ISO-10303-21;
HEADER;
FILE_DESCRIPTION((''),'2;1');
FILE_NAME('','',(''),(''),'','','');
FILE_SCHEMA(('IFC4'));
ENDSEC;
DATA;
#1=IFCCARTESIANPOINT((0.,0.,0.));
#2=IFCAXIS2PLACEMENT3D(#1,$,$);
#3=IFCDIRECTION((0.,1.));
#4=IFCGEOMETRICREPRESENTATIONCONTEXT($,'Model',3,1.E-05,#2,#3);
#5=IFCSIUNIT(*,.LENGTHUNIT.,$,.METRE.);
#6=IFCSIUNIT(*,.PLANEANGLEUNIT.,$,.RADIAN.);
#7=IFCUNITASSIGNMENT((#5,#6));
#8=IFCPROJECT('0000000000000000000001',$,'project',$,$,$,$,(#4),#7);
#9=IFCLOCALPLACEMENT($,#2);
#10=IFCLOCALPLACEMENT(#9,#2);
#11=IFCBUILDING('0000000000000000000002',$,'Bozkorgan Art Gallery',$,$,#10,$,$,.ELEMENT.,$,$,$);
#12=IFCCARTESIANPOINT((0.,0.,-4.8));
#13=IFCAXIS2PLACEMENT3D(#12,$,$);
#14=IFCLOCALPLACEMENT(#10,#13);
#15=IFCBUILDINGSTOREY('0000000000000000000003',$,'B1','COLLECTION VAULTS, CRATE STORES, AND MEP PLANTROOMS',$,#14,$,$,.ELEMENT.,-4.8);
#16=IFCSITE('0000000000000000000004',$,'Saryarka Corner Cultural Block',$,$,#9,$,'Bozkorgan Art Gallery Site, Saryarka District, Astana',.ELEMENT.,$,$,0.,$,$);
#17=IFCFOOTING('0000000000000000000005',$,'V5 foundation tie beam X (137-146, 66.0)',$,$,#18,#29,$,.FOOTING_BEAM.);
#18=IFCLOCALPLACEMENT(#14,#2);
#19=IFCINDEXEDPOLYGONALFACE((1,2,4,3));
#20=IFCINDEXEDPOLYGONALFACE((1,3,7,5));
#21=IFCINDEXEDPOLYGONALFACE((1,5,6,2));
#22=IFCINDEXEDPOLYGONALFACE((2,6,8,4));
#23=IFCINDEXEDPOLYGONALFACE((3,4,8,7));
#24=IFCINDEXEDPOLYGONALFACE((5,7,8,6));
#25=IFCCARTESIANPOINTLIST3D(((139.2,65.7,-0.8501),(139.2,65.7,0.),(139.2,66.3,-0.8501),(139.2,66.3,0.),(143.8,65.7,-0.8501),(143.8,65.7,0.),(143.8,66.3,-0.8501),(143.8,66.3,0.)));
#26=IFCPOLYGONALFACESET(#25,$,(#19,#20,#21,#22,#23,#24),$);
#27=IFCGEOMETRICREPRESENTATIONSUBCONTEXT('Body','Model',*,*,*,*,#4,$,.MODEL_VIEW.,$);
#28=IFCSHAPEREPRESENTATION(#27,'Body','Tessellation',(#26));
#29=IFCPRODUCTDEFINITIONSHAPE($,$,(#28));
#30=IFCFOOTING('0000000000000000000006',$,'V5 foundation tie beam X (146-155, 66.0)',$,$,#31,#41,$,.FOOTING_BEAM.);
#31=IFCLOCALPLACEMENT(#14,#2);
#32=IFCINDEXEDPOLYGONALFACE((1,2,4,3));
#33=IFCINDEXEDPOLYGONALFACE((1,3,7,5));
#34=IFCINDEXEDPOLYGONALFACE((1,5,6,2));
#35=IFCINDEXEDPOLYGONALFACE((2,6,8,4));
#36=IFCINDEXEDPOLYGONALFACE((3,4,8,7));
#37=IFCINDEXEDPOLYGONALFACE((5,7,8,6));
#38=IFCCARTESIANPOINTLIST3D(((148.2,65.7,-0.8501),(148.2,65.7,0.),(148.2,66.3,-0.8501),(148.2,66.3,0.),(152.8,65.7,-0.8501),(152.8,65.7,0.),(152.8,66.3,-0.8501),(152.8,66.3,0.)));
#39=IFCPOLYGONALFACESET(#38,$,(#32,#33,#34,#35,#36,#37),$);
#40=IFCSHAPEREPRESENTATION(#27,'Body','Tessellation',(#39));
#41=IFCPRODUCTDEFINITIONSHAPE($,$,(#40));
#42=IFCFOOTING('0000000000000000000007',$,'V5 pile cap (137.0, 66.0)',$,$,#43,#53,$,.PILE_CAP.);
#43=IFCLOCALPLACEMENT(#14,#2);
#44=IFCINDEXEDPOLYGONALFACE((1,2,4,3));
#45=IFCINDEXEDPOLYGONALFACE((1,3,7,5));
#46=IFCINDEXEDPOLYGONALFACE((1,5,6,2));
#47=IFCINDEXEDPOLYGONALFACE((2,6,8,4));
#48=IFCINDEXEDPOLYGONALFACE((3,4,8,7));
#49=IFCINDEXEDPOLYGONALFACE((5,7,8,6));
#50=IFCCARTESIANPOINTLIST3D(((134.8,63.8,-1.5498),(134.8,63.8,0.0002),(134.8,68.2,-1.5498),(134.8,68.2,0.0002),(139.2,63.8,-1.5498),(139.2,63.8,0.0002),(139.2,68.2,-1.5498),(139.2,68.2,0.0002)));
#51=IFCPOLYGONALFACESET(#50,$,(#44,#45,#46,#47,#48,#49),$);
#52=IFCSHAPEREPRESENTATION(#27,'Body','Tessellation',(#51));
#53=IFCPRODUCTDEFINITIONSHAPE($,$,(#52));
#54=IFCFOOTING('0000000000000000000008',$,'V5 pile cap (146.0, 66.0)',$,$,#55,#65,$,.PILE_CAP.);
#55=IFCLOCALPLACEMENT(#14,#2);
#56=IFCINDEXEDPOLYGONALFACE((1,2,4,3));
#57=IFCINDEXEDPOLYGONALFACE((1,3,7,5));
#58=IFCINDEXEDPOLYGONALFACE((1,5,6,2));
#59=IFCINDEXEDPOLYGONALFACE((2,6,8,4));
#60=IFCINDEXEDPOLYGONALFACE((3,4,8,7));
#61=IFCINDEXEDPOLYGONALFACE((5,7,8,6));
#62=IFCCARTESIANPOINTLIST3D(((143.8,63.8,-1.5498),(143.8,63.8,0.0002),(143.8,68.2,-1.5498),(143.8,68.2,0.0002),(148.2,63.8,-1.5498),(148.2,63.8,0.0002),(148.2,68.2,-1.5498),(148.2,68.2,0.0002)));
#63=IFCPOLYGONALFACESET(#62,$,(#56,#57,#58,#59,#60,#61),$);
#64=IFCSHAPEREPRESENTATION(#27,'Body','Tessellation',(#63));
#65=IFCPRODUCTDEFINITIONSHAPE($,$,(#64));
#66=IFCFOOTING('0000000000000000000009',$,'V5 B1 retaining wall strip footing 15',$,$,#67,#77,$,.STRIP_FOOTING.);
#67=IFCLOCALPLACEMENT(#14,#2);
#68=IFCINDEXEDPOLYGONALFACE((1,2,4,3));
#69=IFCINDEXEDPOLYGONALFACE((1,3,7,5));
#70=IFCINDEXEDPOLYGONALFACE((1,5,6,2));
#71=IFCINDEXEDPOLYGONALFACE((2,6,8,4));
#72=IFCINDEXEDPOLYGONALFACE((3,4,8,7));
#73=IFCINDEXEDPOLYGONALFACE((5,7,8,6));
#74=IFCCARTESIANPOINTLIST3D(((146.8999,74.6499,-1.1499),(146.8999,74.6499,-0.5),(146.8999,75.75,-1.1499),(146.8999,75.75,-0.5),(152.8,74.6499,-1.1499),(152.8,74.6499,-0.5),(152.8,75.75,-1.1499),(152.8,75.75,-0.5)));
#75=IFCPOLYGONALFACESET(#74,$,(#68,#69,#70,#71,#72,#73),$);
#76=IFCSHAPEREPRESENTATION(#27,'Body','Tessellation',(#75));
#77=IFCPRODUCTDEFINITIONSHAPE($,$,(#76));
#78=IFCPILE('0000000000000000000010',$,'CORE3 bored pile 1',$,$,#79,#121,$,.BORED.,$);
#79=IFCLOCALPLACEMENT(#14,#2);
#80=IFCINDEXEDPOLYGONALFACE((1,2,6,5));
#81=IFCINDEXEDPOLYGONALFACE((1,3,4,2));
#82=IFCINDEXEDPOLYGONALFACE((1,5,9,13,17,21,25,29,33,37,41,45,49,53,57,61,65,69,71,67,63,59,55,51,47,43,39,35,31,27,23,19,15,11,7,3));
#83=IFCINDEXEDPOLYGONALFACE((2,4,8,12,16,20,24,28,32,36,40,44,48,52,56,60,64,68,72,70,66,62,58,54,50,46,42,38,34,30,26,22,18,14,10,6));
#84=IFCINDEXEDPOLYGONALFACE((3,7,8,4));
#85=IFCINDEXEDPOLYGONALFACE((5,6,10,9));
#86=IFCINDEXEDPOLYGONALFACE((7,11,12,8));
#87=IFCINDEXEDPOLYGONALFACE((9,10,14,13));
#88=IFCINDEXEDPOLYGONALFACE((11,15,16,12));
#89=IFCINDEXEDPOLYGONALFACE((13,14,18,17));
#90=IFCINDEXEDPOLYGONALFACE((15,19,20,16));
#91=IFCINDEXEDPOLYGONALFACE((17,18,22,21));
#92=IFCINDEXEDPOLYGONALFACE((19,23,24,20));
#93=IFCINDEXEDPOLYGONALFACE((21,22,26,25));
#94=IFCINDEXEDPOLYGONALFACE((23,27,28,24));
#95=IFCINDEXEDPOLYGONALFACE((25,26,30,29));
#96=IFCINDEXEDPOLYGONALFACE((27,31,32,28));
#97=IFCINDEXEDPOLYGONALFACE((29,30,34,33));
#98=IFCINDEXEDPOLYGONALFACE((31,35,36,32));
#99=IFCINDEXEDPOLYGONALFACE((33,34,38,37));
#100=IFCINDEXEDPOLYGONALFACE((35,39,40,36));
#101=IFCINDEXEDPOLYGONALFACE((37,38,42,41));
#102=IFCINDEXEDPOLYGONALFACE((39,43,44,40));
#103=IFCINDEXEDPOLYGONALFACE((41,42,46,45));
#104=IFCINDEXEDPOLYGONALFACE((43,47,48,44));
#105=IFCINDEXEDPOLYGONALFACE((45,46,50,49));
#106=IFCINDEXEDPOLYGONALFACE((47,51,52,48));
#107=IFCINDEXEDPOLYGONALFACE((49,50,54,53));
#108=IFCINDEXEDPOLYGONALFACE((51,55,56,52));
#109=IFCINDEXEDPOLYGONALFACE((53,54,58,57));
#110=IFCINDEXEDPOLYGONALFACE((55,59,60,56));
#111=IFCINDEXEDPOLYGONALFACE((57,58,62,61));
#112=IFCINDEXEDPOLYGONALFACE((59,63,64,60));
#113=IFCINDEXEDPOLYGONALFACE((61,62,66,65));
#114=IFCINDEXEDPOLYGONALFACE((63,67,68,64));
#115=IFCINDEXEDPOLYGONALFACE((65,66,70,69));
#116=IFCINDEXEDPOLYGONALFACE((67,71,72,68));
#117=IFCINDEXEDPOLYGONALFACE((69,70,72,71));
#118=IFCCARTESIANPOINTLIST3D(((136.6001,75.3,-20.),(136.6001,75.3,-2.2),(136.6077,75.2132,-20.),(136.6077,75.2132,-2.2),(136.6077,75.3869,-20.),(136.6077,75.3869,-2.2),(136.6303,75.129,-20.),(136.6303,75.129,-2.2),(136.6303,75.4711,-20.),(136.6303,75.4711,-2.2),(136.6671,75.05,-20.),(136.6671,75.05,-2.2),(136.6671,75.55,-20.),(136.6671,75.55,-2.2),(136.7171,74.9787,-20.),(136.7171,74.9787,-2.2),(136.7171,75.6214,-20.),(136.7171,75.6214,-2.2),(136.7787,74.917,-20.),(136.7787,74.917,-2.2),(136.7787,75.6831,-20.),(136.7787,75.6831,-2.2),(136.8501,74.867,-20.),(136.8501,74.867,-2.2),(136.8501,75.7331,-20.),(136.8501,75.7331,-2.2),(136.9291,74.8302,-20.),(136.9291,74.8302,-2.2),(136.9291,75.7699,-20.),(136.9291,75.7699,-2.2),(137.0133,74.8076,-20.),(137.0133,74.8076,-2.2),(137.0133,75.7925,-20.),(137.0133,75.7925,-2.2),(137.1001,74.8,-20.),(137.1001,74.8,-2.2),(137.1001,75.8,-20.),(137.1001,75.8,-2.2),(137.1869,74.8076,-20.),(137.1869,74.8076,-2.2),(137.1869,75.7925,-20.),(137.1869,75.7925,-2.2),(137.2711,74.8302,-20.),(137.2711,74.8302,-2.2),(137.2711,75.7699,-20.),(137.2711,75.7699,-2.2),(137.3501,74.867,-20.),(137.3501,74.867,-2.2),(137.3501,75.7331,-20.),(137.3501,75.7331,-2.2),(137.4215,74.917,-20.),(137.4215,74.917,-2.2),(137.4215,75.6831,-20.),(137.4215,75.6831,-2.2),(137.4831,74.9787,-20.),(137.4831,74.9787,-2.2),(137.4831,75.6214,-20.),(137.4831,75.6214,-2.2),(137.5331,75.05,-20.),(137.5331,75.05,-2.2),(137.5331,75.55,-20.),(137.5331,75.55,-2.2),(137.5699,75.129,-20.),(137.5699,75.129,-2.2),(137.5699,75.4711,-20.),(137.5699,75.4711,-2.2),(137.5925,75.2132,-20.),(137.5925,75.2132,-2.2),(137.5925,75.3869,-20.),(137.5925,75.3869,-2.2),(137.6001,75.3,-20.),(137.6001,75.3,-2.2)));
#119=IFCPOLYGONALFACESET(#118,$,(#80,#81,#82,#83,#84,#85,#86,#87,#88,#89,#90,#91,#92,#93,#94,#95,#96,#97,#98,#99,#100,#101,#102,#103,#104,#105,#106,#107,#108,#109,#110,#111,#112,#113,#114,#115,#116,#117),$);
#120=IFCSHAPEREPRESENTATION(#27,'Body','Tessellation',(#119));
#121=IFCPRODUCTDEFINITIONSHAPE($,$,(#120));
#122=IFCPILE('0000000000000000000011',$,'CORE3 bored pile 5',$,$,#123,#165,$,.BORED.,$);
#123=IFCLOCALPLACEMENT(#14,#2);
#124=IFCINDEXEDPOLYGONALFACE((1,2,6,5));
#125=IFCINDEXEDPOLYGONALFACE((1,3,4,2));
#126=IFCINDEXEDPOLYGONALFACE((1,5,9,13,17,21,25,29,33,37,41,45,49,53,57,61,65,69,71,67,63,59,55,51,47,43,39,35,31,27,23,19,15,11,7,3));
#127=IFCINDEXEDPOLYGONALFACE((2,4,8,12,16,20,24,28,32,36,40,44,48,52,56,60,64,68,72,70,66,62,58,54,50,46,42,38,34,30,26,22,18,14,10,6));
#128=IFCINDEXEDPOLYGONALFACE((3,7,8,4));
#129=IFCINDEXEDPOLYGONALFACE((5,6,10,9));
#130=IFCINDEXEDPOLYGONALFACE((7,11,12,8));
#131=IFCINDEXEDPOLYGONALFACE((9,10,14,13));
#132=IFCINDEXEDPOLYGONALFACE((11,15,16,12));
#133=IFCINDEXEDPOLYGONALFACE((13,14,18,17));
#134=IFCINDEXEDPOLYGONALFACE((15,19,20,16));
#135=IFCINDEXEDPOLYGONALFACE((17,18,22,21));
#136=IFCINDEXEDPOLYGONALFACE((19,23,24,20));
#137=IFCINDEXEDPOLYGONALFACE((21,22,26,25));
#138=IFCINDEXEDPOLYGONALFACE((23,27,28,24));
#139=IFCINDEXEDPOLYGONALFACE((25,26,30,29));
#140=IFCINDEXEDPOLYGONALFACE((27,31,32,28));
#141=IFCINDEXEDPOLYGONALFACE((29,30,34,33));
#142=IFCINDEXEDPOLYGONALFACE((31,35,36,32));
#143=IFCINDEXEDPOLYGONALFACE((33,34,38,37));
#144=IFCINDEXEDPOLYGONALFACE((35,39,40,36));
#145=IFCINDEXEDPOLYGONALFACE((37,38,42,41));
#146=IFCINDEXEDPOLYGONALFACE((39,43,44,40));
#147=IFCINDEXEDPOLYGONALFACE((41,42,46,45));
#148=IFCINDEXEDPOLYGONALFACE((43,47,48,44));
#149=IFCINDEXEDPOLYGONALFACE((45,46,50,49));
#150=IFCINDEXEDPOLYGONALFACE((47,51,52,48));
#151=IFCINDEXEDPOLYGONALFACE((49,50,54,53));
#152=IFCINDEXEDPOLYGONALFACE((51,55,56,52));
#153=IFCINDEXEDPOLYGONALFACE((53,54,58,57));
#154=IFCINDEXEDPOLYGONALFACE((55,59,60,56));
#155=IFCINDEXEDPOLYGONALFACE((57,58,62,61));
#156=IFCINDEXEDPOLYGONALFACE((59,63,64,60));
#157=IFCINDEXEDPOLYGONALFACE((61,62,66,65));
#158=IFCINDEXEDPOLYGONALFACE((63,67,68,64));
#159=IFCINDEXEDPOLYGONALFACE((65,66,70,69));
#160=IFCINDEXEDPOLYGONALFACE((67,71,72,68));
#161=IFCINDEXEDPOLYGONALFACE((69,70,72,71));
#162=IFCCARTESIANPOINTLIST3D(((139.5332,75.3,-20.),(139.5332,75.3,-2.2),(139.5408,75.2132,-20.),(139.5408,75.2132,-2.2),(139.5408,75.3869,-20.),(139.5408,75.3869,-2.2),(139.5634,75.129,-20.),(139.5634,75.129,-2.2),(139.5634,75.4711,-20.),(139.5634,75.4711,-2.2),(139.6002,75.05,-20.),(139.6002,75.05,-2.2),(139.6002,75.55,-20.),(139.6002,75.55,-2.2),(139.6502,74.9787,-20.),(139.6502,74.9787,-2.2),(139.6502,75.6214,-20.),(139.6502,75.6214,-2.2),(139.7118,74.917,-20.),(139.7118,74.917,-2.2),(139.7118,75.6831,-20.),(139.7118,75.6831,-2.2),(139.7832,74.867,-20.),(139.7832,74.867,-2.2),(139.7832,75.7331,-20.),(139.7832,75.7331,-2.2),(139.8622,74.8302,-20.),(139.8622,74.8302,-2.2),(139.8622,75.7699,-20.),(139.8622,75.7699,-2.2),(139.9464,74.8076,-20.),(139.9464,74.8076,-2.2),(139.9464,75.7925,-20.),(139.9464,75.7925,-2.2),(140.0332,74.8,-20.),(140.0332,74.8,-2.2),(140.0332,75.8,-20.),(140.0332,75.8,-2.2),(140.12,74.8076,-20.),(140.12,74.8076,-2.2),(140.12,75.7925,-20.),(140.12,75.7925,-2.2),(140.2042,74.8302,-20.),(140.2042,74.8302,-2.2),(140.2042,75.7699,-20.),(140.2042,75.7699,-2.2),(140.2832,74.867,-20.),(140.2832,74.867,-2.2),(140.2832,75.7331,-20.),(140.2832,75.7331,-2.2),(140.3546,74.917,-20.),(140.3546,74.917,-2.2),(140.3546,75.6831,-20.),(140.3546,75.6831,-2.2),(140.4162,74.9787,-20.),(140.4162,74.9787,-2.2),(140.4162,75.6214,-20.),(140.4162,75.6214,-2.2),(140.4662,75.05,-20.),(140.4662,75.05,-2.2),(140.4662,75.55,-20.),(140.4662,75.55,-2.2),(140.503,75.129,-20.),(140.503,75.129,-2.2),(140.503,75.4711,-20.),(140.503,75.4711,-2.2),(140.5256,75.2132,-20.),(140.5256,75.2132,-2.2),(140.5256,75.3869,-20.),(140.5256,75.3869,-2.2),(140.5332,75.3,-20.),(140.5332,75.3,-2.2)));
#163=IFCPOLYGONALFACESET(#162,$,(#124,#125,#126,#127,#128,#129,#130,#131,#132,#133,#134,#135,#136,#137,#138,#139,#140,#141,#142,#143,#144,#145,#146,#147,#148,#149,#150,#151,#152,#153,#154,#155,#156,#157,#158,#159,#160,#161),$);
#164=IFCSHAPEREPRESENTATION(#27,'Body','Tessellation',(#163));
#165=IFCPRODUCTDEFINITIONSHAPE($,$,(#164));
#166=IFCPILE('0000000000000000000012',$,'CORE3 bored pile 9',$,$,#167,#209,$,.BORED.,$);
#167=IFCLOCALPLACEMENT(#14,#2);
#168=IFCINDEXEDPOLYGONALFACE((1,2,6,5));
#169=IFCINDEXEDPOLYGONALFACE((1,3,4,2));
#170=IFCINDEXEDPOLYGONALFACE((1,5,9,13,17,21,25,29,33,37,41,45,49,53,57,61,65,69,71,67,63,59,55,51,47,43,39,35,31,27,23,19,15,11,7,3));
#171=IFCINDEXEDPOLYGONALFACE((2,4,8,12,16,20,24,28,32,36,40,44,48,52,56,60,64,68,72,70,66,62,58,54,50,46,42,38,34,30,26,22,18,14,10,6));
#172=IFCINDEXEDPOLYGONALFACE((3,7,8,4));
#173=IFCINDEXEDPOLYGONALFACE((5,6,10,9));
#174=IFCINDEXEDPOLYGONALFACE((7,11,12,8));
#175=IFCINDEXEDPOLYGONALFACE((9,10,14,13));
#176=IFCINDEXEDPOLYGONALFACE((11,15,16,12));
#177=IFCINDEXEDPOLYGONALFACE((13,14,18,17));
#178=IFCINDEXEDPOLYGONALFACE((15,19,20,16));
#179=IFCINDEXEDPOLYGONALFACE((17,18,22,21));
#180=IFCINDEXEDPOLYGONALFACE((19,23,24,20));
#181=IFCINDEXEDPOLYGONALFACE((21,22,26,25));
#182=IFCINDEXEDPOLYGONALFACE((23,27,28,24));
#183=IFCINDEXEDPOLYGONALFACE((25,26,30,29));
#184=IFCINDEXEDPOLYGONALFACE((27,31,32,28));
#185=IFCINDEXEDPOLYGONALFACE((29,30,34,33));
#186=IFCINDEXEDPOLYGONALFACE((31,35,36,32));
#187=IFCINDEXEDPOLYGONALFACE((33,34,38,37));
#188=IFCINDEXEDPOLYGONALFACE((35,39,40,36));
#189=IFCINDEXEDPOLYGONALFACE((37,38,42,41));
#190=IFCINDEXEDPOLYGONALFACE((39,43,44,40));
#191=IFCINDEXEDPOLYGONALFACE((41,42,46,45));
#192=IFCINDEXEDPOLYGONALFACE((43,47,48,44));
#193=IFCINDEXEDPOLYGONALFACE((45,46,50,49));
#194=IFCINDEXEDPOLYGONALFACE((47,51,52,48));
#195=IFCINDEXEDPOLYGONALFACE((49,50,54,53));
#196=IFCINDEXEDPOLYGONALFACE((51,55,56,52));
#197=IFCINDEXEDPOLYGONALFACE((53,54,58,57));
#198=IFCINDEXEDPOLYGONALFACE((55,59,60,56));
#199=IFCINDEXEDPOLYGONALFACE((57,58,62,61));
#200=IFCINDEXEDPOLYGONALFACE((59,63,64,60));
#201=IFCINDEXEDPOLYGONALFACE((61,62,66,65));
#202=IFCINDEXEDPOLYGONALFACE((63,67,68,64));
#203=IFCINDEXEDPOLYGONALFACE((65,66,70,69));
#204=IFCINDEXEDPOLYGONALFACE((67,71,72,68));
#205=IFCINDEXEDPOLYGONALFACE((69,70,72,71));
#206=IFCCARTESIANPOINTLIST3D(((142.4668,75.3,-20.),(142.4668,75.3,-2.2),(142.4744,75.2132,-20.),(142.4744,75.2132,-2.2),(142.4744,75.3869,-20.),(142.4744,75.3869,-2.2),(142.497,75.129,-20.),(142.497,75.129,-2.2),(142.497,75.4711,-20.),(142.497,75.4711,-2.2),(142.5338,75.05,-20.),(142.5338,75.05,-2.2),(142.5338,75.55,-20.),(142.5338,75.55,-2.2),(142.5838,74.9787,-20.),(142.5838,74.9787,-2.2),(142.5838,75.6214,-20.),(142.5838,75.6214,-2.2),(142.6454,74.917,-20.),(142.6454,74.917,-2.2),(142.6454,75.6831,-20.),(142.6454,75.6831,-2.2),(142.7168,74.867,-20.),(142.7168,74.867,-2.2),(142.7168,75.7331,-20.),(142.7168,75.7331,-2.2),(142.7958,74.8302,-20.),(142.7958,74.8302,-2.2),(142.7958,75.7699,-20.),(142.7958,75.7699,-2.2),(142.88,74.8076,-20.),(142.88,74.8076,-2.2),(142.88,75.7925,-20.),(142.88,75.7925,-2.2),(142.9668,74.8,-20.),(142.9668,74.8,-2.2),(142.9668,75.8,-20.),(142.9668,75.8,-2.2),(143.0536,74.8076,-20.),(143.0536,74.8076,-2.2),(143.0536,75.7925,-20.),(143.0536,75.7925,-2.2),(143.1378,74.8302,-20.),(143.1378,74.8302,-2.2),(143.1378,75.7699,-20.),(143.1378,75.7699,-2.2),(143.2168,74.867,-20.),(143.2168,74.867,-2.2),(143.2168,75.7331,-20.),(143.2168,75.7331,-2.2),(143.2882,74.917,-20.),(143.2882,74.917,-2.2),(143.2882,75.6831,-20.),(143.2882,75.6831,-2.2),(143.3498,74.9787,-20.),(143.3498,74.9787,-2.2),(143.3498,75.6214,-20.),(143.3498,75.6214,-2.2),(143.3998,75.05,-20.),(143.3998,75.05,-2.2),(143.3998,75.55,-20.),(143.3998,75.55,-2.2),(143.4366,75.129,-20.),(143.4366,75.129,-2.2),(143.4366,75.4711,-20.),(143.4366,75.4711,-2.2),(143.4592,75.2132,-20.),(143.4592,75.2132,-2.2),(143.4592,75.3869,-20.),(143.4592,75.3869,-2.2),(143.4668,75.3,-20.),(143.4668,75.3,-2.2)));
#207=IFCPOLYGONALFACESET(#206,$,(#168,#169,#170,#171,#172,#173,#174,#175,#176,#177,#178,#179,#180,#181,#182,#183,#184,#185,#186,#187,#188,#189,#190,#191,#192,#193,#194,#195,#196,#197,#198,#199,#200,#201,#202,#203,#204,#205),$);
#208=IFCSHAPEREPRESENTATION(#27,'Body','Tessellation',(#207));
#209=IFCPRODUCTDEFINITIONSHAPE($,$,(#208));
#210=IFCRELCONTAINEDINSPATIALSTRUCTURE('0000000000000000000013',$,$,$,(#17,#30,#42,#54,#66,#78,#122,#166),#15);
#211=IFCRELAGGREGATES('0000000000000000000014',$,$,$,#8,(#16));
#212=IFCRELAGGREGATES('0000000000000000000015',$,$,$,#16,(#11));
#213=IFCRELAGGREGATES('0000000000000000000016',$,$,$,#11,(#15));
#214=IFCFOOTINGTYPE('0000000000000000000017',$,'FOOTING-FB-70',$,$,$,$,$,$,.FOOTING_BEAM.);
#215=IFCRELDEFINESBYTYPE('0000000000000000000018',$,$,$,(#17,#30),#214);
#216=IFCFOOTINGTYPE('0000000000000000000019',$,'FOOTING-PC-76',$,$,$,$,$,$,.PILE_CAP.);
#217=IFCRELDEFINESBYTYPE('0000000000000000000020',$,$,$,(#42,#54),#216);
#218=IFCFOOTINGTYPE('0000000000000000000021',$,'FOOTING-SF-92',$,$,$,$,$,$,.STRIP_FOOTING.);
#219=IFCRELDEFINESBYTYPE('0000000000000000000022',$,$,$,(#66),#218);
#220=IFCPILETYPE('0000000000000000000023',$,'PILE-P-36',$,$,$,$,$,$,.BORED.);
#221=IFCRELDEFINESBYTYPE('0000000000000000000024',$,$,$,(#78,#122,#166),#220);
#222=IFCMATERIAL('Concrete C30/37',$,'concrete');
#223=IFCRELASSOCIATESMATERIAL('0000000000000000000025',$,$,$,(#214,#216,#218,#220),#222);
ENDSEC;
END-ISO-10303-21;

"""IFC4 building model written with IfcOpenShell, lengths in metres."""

from ifc_helpers import new_model, si_unit, direction, frame, origin, origin_2d, place, context, subcontext, project, spatial, rectangle, circle, extrude, material, material_profile, profile_set, type_object, element, save


model = new_model("IFC4")

# Units and contexts
model_context = context("Model", 3, precision=1e-05, world=origin(), true_north=direction((0.0, 1.0)))
body_context = subcontext(model_context, "Body", "Model", "MODEL_VIEW")
ifc_project = project(units=[si_unit("LENGTHUNIT", "METRE"), si_unit("PLANEANGLEUNIT", "RADIAN")], contexts=[model_context])

# Site, building, storey
site_placement = place(None, origin())
site = spatial("IfcSite", under=ifc_project, at=site_placement, Name="Saryarka Corner Cultural Block", LongName="Bozkorgan Art Gallery Site, Saryarka District, Astana", CompositionType="ELEMENT", RefElevation=0.0)
building_placement = place(site_placement, origin())
building = spatial("IfcBuilding", under=site, at=building_placement, Name="Bozkorgan Art Gallery", CompositionType="ELEMENT")
storey_placement = place(building_placement, frame((0.0, 0.0, -4.8)))
storey = spatial("IfcBuildingStorey", under=building, at=storey_placement, Name="B1", Description="COLLECTION VAULTS, CRATE STORES, AND MEP PLANTROOMS", CompositionType="ELEMENT", Elevation=-4.8)

# Footings
ifc_material_1 = material(Name="Concrete C30/37", Category="concrete")
ifc_material_profile_1 = material_profile(ifc_material_1, rectangle(XDim=0.6001, YDim=0.8501, at=origin_2d()), Name="FND 600x850")
ifc_profile_set_1 = profile_set([ifc_material_profile_1], Name="Concrete C30/37")
footing_type_1 = type_object("IfcFootingType", Name="FOOTING-FB-70", PredefinedType="FOOTING_BEAM", material=ifc_profile_set_1)
for number, where, z_axis, x_axis, name in (
    (1, (139.2, 66.0, -0.425), (1.0, 0.0, 0.0), (0.0, 1.0, 0.0), "V5 foundation tie beam X (137-146, 66.0)"),
    (2, (148.2, 66.0, -0.425), (1.0, 0.0, 0.0), (0.0, 1.0, 0.0), "V5 foundation tie beam X (146-155, 66.0)"),
):
    element("IfcFooting", number, at=place(storey_placement, frame(where, z_axis=z_axis, x_axis=x_axis)), inside=storey, type_object=footing_type_1, Name=name, PredefinedType="FOOTING_BEAM", context=body_context, shape_type="SweptSolid", body=[
        extrude(rectangle(XDim=0.6001, YDim=0.8501, at=origin_2d()), origin(), (0.0, 0.0, 1.0), 4.6001),
    ])
footing_type_2 = type_object("IfcFootingType", Name="FOOTING-PC-76", PredefinedType="PILE_CAP", material=ifc_material_1)
for number, where, z_axis, x_axis, name in (
    (3, (137.0, 66.0, -1.5498), (0.0, 0.0, 1.0), (1.0, 0.0, 0.0), "V5 pile cap (137.0, 66.0)"),
    (4, (146.0, 66.0, -1.5498), (0.0, 0.0, 1.0), (1.0, 0.0, 0.0), "V5 pile cap (146.0, 66.0)"),
):
    element("IfcFooting", number, at=place(storey_placement, frame(where, z_axis=z_axis, x_axis=x_axis)), inside=storey, type_object=footing_type_2, Name=name, PredefinedType="PILE_CAP", context=body_context, shape_type="SweptSolid", body=[
        extrude(rectangle(XDim=4.3999, YDim=4.3999, at=origin_2d()), origin(), (0.0, 0.0, 1.0), 1.55),
    ])
ifc_material_profile_2 = material_profile(ifc_material_1, rectangle(XDim=1.1001, YDim=0.6499, at=origin_2d()), Name="FND 1100x650")
ifc_profile_set_2 = profile_set([ifc_material_profile_2], Name="Concrete C30/37")
footing_type_3 = type_object("IfcFootingType", Name="FOOTING-SF-92", PredefinedType="STRIP_FOOTING", material=ifc_profile_set_2)
footing_placement = place(storey_placement, frame((146.8999, 75.2, -0.825), z_axis=(1.0, 0.0, 0.0), x_axis=(0.0, 1.0, 0.0)))
element("IfcFooting", 5, at=footing_placement, inside=storey, type_object=footing_type_3, Name="V5 B1 retaining wall strip footing 15", PredefinedType="STRIP_FOOTING", context=body_context, shape_type="SweptSolid", body=[
    extrude(rectangle(XDim=1.1001, YDim=0.6499, at=origin_2d()), origin(), (0.0, 0.0, 1.0), 5.9001),
])

# Piles
ifc_material_profile_3 = material_profile(ifc_material_1, circle(Radius=0.5, at=origin_2d()), Name="PILE D1000")
ifc_profile_set_3 = profile_set([ifc_material_profile_3], Name="Concrete C30/37")
pile_type = type_object("IfcPileType", Name="PILE-P-36", PredefinedType="BORED", material=ifc_profile_set_3)
for number, where, z_axis, x_axis, name in (
    (6, (137.1001, 75.3, -2.2), (0.0, 0.0, -1.0), (1.0, 0.0, 0.0), "CORE3 bored pile 1"),
    (7, (140.0332, 75.3, -2.2), (0.0, 0.0, -1.0), (1.0, 0.0, 0.0), "CORE3 bored pile 5"),
    (8, (142.9668, 75.3, -2.2), (0.0, 0.0, -1.0), (1.0, 0.0, 0.0), "CORE3 bored pile 9"),
):
    element("IfcPile", number, at=place(storey_placement, frame(where, z_axis=z_axis, x_axis=x_axis)), inside=storey, type_object=pile_type, Name=name, PredefinedType="BORED", context=body_context, shape_type="SweptSolid", body=[
        extrude(circle(Radius=0.5, at=origin_2d()), origin(), (0.0, 0.0, 1.0), 17.8),
    ])

save(model, "model.ifc")
